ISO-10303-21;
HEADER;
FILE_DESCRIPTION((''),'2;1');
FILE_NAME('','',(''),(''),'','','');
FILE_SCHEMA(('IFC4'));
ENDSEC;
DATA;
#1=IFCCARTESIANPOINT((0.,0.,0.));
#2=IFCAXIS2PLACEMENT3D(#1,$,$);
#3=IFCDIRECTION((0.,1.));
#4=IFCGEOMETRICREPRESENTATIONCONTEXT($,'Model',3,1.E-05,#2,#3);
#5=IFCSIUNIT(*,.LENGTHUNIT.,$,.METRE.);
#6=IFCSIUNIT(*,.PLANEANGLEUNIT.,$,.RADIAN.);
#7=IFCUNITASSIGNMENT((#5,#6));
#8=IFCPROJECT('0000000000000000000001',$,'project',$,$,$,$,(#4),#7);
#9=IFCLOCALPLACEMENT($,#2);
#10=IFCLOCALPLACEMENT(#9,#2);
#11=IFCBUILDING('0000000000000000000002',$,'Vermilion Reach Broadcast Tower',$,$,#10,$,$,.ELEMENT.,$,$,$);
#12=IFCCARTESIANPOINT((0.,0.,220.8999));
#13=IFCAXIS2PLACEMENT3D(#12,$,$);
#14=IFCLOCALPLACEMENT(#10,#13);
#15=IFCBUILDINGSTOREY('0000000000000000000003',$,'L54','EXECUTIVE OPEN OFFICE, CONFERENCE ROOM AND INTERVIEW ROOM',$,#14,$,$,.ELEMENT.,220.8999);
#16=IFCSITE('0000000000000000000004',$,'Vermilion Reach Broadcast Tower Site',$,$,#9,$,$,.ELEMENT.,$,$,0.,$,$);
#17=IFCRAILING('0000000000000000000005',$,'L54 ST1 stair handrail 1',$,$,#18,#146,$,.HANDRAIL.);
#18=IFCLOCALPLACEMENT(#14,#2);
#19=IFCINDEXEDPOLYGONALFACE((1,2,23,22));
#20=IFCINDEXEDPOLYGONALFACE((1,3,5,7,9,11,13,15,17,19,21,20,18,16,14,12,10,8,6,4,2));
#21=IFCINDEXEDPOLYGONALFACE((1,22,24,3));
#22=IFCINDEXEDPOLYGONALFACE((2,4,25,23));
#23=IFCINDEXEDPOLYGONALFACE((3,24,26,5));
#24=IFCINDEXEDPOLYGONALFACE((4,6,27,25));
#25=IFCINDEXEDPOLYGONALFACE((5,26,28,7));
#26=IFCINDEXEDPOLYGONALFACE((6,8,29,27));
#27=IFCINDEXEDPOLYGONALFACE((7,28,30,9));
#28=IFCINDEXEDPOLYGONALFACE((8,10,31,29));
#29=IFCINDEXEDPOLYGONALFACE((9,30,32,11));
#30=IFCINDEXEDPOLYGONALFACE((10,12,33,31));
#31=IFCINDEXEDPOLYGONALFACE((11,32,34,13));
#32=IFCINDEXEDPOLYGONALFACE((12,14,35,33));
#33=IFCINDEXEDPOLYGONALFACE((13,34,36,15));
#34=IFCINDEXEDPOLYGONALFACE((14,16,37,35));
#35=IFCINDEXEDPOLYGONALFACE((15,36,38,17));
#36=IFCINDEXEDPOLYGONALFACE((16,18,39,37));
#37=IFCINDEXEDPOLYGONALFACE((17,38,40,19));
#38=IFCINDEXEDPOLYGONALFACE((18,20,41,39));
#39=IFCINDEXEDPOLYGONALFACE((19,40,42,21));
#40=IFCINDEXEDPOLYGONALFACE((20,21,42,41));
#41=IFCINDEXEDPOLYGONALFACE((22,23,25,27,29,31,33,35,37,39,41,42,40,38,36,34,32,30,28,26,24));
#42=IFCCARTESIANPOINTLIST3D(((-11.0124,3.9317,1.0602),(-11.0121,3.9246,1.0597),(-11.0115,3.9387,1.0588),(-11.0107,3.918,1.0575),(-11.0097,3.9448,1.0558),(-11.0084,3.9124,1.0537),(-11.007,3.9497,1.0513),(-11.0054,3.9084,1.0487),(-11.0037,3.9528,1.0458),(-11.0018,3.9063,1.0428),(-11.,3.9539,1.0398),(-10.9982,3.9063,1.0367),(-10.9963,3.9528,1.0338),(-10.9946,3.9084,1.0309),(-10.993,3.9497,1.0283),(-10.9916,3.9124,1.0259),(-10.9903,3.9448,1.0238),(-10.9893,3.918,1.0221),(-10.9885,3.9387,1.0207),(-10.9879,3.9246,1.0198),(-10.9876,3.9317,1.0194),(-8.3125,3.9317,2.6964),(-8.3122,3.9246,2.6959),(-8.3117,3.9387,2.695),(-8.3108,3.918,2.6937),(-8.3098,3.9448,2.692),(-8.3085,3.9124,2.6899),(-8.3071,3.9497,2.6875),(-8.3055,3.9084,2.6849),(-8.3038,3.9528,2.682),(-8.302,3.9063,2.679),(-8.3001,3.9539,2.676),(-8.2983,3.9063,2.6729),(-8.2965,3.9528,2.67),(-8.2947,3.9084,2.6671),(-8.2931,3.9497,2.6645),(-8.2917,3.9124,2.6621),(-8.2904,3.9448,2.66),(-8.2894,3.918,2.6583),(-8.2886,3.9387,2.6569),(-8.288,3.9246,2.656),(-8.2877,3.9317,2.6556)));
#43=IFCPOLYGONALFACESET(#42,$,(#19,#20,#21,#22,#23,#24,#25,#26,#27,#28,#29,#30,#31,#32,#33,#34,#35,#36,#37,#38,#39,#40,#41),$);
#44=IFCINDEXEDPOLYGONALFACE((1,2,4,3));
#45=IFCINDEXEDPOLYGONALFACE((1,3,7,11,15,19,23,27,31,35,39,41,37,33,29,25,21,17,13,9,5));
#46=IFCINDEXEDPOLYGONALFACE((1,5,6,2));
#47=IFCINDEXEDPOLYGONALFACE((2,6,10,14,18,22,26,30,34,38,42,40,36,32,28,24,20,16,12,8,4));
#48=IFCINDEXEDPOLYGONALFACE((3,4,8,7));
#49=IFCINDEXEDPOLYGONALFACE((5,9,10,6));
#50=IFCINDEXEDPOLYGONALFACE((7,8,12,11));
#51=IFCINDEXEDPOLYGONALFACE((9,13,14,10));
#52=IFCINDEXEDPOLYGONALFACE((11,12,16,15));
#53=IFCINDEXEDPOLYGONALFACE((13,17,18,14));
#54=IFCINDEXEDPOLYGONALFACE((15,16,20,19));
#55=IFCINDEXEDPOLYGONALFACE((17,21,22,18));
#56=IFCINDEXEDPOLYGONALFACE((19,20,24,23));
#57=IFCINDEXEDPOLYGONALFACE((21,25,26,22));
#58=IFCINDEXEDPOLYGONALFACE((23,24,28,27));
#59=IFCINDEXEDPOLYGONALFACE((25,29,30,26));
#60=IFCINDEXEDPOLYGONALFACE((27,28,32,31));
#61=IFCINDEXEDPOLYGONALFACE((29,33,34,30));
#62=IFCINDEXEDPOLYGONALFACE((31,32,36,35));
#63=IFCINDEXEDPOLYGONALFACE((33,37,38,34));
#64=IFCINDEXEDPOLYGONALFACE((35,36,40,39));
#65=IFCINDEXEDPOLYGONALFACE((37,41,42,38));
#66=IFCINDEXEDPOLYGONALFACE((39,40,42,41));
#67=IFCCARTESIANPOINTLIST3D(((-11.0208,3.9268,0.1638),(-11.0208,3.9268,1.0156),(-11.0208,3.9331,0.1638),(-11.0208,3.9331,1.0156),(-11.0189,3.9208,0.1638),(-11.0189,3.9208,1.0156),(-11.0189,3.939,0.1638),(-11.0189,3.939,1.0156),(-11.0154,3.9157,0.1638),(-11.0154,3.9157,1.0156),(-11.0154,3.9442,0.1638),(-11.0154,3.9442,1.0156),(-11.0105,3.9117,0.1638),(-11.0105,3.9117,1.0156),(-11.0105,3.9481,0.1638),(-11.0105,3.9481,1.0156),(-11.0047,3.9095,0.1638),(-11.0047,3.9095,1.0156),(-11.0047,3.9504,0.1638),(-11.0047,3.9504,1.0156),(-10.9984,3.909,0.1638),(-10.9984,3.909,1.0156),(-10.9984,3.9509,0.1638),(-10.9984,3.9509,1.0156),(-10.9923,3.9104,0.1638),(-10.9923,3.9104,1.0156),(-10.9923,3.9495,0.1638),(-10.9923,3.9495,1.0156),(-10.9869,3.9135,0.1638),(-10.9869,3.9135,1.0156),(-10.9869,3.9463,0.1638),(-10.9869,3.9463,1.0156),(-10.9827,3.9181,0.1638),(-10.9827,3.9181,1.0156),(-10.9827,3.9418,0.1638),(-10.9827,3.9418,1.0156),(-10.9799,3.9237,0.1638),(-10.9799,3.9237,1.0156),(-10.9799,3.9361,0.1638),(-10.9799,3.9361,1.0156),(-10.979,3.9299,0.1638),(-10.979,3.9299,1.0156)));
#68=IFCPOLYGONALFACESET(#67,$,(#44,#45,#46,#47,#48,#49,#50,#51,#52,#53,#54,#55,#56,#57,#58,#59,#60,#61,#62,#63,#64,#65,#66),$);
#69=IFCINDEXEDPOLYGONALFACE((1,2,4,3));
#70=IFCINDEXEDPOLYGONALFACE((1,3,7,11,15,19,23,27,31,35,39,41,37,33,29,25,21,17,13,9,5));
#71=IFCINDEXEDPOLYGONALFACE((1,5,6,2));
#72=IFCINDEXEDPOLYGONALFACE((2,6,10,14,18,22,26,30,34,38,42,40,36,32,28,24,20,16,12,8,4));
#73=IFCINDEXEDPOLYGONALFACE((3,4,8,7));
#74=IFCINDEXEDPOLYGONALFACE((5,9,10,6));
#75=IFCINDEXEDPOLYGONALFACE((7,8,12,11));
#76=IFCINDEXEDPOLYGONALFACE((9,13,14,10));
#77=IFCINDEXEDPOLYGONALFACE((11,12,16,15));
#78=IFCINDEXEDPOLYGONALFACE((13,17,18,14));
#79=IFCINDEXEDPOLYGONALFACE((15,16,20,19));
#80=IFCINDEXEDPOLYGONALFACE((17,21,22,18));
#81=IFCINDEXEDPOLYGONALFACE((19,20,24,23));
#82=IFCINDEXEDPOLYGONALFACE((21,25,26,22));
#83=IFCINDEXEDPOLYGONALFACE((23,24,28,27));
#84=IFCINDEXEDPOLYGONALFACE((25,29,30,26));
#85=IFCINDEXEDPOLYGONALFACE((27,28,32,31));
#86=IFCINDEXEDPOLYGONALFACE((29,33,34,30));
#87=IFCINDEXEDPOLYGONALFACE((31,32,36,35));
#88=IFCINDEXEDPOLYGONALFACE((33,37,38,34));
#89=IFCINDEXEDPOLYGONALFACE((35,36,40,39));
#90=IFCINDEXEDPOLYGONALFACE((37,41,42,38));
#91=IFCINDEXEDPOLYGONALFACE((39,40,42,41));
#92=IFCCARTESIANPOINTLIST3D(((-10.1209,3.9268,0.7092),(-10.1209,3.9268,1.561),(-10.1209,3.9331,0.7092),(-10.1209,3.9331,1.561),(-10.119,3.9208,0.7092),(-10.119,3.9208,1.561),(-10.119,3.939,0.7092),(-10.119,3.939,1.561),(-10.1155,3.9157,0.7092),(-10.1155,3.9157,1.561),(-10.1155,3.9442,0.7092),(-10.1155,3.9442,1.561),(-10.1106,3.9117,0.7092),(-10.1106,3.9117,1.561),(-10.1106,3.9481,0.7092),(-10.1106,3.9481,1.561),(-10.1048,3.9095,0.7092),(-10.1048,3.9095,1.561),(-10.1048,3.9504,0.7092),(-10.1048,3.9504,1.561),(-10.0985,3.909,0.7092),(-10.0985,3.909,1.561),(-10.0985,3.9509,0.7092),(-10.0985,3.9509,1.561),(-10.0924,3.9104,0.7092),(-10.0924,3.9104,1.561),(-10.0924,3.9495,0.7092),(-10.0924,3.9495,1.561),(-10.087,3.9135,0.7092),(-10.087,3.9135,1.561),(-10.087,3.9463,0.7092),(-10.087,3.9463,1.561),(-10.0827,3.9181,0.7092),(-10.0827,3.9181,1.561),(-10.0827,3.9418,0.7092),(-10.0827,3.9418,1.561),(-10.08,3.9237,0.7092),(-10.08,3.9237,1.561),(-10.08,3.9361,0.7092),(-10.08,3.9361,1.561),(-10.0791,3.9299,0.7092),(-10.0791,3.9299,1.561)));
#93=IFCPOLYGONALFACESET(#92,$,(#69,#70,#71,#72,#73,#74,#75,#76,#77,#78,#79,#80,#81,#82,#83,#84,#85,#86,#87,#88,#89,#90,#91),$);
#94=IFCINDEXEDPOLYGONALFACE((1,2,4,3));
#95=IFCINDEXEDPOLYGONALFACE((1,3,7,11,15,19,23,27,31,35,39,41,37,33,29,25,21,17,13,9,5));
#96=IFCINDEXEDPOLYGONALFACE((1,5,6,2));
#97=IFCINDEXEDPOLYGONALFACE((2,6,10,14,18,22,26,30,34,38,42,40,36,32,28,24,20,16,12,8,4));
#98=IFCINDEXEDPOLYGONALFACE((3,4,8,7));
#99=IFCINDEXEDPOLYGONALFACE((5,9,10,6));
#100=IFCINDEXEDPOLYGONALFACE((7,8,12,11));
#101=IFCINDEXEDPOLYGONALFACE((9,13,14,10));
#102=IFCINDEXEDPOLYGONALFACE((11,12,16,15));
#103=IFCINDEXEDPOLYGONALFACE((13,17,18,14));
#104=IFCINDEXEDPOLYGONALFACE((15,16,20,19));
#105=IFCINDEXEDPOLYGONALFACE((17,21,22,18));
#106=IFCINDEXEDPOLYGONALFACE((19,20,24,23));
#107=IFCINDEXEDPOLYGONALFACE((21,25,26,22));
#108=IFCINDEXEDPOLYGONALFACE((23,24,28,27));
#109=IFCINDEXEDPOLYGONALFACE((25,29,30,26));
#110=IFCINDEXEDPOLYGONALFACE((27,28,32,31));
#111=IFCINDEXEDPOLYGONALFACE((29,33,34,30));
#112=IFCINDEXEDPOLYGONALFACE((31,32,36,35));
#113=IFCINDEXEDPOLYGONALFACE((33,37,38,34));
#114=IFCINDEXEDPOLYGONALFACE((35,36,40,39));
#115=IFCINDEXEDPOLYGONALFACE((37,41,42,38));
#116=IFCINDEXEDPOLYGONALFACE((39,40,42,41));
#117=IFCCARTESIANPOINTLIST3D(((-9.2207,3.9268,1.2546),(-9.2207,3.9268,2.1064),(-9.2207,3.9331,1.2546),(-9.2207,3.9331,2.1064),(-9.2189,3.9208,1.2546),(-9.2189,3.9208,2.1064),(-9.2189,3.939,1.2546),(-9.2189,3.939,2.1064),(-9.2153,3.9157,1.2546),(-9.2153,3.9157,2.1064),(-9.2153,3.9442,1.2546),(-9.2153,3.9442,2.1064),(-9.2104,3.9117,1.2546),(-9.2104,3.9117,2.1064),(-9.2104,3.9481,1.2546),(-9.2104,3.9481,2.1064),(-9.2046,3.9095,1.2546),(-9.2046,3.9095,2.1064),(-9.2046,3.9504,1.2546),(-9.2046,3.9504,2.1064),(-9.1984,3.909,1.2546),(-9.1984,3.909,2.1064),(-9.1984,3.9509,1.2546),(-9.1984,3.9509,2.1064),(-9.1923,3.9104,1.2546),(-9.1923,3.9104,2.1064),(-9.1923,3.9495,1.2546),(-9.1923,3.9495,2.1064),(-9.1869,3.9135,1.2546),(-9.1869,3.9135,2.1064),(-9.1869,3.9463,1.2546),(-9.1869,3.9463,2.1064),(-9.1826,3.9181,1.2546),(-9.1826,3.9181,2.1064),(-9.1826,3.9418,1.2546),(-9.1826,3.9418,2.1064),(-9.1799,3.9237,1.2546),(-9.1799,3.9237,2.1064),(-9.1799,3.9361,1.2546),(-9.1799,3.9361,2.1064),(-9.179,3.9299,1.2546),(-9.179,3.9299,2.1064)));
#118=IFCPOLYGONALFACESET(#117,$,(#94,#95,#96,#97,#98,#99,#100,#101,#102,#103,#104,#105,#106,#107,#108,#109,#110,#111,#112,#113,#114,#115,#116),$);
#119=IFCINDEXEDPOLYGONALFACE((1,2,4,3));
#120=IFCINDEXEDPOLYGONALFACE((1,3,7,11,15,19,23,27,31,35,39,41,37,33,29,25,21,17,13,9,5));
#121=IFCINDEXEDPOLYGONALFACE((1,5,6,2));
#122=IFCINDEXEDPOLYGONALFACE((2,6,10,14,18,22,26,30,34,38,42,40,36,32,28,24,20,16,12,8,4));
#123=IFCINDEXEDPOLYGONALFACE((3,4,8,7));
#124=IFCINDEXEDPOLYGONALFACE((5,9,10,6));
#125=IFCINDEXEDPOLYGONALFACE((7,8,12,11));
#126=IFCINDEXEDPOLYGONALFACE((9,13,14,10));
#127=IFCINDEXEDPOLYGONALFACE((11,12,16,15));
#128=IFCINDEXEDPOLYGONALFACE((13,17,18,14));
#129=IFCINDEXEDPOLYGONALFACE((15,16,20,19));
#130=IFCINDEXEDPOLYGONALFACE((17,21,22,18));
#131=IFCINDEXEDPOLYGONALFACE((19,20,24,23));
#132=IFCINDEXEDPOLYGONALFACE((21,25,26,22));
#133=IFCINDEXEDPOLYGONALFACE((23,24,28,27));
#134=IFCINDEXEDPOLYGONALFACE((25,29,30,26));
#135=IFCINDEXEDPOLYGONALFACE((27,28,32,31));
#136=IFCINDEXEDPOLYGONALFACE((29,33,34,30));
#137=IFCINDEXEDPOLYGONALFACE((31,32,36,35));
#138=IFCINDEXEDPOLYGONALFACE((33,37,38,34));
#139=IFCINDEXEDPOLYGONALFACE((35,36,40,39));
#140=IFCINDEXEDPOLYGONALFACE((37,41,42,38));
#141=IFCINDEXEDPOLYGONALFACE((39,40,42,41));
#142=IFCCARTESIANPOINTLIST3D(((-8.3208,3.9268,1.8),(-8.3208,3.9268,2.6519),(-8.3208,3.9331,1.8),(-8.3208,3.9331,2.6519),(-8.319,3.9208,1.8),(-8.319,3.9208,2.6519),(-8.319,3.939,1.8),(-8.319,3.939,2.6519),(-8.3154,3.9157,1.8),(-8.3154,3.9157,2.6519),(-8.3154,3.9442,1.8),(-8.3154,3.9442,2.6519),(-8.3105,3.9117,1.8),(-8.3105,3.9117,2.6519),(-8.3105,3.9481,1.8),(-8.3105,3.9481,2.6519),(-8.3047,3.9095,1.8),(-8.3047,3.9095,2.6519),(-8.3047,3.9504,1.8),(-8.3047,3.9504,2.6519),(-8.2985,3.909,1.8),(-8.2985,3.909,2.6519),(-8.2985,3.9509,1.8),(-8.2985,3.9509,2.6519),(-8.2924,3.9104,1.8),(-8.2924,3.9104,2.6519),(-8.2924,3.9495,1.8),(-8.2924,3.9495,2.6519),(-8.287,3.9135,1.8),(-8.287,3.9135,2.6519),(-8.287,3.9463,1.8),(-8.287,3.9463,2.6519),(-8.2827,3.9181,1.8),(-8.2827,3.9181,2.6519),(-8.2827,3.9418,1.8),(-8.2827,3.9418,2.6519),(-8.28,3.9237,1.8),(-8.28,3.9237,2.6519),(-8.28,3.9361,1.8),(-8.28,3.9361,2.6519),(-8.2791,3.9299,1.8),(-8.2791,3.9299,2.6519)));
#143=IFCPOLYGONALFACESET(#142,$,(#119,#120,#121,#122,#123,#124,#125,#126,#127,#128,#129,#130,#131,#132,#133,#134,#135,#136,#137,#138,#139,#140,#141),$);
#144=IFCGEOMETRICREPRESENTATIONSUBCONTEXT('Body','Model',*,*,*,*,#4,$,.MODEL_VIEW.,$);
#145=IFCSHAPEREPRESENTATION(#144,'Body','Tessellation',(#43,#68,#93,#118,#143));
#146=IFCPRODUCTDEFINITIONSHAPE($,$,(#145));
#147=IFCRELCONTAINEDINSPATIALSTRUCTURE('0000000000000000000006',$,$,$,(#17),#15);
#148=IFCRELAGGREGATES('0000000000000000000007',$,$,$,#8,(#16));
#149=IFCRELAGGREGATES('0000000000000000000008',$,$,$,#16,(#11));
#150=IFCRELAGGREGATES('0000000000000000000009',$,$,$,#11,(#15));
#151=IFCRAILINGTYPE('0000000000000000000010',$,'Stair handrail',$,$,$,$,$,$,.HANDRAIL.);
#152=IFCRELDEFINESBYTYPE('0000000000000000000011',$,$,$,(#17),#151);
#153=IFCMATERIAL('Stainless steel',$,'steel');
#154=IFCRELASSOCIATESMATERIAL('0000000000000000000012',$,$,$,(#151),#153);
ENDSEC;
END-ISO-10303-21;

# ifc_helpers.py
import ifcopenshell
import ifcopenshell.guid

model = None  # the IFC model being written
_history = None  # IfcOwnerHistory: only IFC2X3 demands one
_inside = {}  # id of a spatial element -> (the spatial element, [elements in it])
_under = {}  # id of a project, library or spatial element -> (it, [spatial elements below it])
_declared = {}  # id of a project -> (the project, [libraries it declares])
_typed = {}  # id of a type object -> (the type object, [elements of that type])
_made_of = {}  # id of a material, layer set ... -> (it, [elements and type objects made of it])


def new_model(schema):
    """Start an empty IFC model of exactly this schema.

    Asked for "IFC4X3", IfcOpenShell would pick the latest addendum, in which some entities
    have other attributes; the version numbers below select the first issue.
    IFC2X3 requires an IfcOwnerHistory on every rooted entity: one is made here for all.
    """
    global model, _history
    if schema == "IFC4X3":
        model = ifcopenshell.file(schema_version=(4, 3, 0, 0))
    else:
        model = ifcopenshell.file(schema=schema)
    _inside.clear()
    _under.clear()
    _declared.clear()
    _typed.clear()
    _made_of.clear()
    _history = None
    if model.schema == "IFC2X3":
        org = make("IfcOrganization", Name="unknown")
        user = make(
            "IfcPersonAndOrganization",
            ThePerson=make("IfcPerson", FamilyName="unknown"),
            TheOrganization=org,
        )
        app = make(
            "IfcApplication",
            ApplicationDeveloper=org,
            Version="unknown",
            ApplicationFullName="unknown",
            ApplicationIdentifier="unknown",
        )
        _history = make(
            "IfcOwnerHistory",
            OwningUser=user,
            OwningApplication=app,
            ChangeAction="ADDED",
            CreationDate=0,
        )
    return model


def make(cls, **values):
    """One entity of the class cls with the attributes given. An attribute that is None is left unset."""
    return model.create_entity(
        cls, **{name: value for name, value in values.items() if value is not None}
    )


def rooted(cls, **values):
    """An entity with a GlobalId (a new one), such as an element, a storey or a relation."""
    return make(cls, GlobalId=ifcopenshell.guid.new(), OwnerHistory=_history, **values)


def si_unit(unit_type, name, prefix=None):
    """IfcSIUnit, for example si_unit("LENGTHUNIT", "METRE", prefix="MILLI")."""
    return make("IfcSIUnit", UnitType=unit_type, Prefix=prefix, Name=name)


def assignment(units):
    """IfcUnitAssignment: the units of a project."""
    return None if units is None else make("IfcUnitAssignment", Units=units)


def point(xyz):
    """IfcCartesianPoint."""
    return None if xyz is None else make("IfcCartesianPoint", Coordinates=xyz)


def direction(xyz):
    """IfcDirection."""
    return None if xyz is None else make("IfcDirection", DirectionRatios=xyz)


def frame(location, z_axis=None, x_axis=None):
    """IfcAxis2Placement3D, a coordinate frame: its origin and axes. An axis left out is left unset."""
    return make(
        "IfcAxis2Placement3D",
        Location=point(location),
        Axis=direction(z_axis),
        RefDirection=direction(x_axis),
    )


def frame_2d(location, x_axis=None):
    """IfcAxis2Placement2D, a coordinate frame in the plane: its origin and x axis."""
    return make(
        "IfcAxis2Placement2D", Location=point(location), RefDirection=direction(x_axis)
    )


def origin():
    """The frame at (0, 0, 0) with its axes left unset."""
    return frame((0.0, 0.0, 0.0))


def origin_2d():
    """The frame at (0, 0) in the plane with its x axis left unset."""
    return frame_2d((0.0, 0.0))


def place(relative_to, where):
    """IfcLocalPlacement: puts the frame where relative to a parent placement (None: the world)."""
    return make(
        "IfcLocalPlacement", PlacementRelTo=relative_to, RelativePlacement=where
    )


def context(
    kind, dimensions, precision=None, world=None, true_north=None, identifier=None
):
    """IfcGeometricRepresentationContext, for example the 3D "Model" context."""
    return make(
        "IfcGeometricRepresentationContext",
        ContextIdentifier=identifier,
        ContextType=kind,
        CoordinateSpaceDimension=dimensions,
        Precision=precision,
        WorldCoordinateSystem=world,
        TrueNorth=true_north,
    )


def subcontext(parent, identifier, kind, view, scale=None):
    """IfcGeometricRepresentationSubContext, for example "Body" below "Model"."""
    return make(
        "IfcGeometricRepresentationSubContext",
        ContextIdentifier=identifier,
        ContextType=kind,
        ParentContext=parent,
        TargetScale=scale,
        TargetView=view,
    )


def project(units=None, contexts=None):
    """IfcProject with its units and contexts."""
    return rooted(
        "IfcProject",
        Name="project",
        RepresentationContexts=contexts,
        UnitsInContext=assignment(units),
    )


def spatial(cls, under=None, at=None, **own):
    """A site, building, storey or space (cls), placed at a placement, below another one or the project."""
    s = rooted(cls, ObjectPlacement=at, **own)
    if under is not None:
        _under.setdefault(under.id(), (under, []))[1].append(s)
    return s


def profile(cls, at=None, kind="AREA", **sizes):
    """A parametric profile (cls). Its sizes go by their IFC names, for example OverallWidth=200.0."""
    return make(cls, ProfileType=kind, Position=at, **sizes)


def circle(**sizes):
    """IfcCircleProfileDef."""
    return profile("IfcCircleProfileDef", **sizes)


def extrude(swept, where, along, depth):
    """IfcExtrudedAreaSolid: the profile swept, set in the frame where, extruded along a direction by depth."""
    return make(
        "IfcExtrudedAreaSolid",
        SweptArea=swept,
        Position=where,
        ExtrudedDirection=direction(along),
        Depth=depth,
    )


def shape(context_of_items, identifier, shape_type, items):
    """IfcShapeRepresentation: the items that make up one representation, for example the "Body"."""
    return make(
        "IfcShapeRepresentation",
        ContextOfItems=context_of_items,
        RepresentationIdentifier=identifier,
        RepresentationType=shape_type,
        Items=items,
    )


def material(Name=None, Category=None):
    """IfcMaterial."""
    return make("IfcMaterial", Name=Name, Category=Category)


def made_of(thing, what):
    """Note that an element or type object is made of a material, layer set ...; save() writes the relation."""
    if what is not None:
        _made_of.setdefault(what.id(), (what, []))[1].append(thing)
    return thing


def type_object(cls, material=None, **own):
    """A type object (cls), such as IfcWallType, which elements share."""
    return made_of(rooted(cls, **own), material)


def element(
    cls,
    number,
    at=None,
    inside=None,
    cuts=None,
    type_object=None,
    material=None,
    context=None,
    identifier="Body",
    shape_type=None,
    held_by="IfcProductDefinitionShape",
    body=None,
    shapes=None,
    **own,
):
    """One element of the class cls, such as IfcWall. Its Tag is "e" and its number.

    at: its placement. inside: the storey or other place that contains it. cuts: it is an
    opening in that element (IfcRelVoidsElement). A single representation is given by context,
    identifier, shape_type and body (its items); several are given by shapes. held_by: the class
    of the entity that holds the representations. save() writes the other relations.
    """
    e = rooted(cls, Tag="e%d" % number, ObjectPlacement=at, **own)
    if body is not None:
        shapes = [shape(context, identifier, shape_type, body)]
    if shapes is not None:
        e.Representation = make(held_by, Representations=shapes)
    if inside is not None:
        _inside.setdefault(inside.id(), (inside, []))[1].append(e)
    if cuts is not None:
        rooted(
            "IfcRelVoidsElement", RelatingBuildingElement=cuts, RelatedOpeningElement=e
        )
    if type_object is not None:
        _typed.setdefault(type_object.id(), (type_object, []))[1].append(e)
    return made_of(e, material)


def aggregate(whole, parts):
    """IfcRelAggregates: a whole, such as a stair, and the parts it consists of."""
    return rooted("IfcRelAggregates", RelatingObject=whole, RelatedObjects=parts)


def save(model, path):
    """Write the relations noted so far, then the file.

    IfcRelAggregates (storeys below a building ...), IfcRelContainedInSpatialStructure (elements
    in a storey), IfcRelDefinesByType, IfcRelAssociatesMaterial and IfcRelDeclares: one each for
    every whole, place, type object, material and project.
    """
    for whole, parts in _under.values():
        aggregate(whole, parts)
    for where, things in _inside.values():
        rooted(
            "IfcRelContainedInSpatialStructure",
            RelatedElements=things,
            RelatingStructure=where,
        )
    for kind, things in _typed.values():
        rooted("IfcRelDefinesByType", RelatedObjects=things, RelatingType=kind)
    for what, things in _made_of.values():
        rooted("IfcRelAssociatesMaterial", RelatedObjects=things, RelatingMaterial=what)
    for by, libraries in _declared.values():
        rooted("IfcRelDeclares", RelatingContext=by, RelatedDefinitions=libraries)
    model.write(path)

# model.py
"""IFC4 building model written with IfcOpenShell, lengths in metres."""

from ifc_helpers import new_model, si_unit, direction, frame, origin, origin_2d, place, context, subcontext, project, spatial, circle, extrude, material, type_object, element, save


model = new_model("IFC4")

# Units and contexts
model_context = context("Model", 3, precision=1e-05, world=origin(), true_north=direction((0.0, 1.0)))
body_context = subcontext(model_context, "Body", "Model", "MODEL_VIEW")
ifc_project = project(units=[si_unit("LENGTHUNIT", "METRE"), si_unit("PLANEANGLEUNIT", "RADIAN")], contexts=[model_context])

# Site, building, storey
site_placement = place(None, origin())
site = spatial("IfcSite", under=ifc_project, at=site_placement, Name="Vermilion Reach Broadcast Tower Site", CompositionType="ELEMENT", RefElevation=0.0)
building_placement = place(site_placement, origin())
building = spatial("IfcBuilding", under=site, at=building_placement, Name="Vermilion Reach Broadcast Tower", CompositionType="ELEMENT")
storey_placement = place(building_placement, frame((0.0, 0.0, 220.8999)))
storey = spatial("IfcBuildingStorey", under=building, at=storey_placement, Name="L54", Description="EXECUTIVE OPEN OFFICE, CONFERENCE ROOM AND INTERVIEW ROOM", CompositionType="ELEMENT", Elevation=220.8999)

# Railing
ifc_material_1 = material(Name="Stainless steel", Category="steel")
railing_type_1 = type_object("IfcRailingType", Name="Stair handrail", PredefinedType="HANDRAIL", material=ifc_material_1)
railing_1_placement = place(storey_placement, frame((-11.0, 3.9299, 0.1638)))
element("IfcRailing", 1, at=railing_1_placement, inside=storey, type_object=railing_type_1, Name="L54 ST1 stair handrail 1", PredefinedType="HANDRAIL", context=body_context, shape_type="SweptSolid", body=[
    extrude(circle(Radius=0.0239, at=origin_2d()), frame((0.0, 0.0, 0.876), z_axis=(0.855212, 0.0, 0.518278), x_axis=(0.0, 1.0, 0.0)), (0.0, 0.0, 1.0), 3.157),
    extrude(circle(Radius=0.021, at=origin_2d()), origin(), (0.0, 0.0, 1.0), 0.8518),
    extrude(circle(Radius=0.021, at=origin_2d()), frame((0.8999, 0.0, 0.5454)), (0.0, 0.0, 1.0), 0.8518),
    extrude(circle(Radius=0.021, at=origin_2d()), frame((1.8, 0.0, 1.0908)), (0.0, 0.0, 1.0), 0.8518),
    extrude(circle(Radius=0.021, at=origin_2d()), frame((2.7, 0.0, 1.6362)), (0.0, 0.0, 1.0), 0.8518),
])

save(model, "model.ifc")
